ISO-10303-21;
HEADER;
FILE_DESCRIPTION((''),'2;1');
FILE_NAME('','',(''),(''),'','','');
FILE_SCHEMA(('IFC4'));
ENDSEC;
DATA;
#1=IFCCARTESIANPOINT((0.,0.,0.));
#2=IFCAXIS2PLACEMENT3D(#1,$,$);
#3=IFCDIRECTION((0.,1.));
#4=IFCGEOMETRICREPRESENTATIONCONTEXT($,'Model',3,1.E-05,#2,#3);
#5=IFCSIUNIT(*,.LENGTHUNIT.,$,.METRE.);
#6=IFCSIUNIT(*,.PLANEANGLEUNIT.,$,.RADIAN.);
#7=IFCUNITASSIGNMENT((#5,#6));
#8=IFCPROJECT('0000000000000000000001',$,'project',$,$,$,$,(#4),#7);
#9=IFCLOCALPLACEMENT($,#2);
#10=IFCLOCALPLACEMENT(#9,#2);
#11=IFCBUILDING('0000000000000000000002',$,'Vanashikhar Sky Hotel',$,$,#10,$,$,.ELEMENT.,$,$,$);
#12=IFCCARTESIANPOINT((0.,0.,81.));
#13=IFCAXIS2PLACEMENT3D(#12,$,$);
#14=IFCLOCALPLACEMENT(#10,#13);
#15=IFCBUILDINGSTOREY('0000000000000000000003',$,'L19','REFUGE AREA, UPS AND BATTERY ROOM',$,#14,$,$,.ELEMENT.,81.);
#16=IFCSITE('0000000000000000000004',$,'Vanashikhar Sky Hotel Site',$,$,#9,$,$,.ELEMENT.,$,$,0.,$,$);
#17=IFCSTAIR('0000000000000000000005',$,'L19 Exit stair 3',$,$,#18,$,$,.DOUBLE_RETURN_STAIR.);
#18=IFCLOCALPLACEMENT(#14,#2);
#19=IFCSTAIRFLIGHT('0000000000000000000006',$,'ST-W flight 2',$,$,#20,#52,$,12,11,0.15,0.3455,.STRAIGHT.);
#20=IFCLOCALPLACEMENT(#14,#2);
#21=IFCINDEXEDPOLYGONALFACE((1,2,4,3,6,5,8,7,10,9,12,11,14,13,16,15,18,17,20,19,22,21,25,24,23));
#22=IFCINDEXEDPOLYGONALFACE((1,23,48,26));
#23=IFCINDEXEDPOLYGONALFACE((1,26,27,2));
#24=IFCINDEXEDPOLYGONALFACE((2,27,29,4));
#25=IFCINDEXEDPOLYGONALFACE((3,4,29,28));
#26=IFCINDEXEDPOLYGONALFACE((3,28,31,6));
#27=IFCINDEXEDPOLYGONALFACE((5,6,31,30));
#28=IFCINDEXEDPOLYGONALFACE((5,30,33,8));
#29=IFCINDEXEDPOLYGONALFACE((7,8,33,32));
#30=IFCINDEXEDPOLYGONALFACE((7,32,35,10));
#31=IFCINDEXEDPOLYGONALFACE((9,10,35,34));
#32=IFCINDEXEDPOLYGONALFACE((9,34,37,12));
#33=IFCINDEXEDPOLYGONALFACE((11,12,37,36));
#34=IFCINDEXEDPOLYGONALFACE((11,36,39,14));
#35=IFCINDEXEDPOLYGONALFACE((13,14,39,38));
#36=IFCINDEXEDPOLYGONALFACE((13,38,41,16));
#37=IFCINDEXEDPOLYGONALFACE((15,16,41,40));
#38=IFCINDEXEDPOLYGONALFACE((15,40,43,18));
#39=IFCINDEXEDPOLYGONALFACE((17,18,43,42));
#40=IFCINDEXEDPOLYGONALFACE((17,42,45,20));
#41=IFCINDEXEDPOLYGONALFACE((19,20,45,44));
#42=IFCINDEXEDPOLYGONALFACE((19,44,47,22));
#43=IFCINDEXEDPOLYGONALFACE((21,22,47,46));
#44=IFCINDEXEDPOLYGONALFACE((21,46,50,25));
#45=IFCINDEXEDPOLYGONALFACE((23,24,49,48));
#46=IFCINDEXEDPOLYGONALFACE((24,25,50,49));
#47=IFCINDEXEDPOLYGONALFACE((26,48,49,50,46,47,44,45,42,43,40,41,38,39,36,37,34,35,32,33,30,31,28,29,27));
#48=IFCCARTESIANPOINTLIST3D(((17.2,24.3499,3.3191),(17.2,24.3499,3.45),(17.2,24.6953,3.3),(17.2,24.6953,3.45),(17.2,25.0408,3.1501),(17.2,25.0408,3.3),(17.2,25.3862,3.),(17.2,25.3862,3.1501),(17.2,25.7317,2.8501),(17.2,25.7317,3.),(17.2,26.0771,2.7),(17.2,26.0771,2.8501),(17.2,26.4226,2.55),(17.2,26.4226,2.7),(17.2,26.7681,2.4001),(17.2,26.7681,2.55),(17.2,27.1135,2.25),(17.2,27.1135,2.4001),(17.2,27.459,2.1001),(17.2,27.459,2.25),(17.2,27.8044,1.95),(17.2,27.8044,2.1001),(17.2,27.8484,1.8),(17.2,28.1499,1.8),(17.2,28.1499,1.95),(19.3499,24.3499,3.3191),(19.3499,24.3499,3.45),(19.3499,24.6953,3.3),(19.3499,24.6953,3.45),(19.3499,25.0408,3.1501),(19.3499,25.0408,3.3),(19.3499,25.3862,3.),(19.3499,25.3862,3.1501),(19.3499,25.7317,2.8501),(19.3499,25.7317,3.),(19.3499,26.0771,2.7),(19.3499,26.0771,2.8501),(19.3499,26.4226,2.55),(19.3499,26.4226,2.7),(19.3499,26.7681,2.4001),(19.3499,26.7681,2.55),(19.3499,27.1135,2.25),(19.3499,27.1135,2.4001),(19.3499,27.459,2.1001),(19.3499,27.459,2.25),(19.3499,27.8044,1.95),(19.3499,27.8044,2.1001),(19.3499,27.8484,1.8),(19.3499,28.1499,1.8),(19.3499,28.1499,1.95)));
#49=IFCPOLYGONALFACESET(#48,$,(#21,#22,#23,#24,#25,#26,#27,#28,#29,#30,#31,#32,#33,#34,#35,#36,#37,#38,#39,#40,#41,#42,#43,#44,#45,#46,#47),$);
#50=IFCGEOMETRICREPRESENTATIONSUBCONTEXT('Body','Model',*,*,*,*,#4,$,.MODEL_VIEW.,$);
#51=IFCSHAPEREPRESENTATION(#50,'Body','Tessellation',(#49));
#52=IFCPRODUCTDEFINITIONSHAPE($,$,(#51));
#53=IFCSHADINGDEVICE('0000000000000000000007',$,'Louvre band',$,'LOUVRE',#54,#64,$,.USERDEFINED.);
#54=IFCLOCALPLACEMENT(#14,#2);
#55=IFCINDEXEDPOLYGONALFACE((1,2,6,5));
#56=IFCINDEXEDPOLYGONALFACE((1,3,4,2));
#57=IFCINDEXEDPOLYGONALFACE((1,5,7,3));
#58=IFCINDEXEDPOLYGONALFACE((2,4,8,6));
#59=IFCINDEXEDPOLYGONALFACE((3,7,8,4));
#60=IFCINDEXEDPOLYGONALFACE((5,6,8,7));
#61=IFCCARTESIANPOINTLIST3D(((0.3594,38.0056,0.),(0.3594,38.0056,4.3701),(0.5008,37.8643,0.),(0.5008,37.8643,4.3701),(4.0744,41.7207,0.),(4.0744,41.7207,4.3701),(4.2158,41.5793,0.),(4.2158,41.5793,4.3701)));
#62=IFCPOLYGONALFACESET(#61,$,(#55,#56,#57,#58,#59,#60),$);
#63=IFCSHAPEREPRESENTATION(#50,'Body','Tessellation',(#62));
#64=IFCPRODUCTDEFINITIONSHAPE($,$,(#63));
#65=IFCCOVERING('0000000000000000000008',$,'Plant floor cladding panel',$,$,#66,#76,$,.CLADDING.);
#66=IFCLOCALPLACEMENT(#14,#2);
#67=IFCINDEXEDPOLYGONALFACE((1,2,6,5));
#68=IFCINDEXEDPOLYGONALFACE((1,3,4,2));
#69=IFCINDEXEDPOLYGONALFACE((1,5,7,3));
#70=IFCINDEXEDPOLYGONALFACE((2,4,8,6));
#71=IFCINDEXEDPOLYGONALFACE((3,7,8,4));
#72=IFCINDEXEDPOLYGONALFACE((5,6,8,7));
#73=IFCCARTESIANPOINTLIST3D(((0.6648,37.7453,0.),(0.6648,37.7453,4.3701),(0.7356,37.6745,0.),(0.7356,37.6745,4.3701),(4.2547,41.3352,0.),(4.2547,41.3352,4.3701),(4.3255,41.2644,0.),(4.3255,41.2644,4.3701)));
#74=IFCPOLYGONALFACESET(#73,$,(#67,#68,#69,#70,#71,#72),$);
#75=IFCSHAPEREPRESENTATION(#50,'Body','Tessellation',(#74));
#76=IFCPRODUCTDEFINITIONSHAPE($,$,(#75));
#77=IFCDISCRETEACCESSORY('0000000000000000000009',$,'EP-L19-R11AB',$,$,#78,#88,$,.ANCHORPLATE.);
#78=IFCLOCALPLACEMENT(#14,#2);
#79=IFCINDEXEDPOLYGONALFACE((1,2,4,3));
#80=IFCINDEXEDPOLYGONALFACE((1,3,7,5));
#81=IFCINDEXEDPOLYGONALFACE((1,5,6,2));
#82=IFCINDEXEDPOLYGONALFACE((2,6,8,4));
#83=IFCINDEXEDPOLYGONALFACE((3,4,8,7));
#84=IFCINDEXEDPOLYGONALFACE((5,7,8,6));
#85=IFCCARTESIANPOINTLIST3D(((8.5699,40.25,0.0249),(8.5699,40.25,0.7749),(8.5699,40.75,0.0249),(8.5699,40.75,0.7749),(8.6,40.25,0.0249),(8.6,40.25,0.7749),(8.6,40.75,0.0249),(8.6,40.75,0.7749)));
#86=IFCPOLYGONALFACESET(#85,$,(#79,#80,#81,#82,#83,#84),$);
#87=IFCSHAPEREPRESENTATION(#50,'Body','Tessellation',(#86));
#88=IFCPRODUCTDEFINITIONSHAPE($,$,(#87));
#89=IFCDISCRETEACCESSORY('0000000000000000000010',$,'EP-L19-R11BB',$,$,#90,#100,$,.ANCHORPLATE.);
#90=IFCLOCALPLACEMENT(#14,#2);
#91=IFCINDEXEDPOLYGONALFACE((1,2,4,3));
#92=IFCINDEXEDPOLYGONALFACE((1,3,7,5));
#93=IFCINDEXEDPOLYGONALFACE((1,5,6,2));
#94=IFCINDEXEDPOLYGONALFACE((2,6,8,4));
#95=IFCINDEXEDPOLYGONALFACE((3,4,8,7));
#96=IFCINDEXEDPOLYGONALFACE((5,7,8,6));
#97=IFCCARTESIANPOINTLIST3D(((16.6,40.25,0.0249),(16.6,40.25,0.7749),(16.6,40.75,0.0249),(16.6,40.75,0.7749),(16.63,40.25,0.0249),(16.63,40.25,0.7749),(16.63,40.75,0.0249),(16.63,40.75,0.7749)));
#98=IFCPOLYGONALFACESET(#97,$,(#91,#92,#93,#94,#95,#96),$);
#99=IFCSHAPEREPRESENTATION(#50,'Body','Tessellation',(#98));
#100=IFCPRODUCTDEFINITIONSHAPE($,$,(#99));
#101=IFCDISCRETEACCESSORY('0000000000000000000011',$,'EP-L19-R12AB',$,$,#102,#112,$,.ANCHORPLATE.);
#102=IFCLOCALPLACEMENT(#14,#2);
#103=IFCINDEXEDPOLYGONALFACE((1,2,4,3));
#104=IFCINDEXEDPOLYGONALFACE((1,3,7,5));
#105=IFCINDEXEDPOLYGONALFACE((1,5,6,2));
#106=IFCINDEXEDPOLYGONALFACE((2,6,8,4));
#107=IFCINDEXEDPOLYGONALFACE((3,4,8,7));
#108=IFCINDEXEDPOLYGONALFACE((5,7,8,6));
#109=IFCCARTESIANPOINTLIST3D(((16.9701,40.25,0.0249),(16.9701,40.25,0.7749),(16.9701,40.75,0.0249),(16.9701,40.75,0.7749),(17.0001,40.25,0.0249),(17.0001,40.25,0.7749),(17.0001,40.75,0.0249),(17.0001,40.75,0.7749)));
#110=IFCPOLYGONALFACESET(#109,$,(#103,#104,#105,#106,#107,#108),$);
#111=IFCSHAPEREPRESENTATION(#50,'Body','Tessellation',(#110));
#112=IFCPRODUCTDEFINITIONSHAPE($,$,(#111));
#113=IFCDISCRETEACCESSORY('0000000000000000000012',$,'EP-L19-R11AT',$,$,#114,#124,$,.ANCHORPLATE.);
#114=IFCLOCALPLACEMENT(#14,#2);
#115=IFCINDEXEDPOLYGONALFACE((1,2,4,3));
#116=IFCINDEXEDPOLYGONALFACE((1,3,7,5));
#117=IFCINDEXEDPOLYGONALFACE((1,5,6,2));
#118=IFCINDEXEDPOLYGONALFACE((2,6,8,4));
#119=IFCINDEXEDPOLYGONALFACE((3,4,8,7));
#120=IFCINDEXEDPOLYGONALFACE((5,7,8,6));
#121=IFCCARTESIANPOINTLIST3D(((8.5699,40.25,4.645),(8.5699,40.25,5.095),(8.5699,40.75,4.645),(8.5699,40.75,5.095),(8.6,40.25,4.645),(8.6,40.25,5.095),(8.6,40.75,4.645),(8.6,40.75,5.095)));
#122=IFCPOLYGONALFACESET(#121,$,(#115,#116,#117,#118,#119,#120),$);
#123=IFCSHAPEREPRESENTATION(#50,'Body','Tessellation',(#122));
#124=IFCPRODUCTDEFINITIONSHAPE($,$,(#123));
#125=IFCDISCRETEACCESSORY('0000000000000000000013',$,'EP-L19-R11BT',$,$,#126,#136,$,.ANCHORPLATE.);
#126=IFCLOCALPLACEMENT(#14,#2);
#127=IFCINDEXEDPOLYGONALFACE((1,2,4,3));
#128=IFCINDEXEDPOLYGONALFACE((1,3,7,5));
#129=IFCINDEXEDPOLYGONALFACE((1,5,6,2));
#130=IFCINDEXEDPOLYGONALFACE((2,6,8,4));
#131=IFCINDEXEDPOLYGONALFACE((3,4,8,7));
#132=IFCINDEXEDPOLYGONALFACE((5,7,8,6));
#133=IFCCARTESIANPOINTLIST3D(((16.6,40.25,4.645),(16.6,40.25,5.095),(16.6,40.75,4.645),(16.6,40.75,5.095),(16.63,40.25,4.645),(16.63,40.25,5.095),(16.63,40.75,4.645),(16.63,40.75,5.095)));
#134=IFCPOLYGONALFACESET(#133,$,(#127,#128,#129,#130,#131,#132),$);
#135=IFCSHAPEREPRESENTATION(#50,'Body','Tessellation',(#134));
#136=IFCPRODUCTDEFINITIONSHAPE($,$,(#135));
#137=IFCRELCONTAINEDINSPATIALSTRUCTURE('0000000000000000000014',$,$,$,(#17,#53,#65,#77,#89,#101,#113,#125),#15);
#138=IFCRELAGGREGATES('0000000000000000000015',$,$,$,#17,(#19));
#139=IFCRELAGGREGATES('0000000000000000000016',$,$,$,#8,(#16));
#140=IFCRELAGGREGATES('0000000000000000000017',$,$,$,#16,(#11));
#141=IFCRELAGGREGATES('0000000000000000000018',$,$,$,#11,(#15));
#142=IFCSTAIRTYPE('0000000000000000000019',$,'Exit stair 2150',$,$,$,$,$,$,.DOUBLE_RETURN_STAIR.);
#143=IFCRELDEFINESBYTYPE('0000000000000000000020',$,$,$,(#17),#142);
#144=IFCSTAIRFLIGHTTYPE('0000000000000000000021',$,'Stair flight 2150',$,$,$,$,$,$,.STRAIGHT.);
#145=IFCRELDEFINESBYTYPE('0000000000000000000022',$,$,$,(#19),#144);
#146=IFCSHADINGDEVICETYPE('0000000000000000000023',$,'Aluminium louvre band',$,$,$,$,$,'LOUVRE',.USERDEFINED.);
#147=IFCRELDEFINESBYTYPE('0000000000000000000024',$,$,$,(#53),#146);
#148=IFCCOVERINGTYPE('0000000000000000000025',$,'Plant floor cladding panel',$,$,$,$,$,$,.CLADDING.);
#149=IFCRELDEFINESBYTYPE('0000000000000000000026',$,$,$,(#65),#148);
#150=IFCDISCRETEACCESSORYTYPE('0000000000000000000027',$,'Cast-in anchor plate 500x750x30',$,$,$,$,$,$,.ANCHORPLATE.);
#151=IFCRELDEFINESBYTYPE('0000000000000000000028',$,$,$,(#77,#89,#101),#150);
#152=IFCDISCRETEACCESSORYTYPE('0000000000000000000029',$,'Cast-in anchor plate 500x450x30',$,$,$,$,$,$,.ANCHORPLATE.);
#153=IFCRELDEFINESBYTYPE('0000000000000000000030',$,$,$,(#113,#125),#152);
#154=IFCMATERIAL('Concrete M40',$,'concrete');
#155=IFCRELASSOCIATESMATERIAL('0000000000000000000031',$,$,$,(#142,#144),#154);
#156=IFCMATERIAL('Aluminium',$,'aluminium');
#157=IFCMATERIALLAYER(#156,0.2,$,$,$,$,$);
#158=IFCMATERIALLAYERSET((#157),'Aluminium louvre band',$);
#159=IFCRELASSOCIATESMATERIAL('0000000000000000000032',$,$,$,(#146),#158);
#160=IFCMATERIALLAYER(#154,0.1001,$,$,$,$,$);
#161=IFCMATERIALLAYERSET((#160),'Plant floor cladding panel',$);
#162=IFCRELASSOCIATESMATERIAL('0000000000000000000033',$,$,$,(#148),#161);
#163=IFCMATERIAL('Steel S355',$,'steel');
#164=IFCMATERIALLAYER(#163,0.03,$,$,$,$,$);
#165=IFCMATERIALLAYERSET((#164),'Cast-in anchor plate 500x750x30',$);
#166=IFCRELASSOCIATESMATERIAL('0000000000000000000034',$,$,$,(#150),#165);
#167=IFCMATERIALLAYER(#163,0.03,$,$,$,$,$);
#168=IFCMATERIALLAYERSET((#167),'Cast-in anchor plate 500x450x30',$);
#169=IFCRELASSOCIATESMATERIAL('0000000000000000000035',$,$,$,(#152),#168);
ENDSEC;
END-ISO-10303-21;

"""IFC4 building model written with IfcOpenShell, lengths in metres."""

from ifc_helpers import new_model, si_unit, direction, frame, origin, origin_2d, place, context, subcontext, project, spatial, polyline, rectangle, outline, extrude, source, transform, mapped, material, layer, layer_set, type_object, element, aggregate, save


model = new_model("IFC4")

# Units and contexts
model_context = context("Model", 3, precision=1e-05, world=origin(), true_north=direction((0.0, 1.0)))
body_context = subcontext(model_context, "Body", "Model", "MODEL_VIEW")
ifc_project = project(units=[si_unit("LENGTHUNIT", "METRE"), si_unit("PLANEANGLEUNIT", "RADIAN")], contexts=[model_context])

# Site, building, storey
site_placement = place(None, origin())
site = spatial("IfcSite", under=ifc_project, at=site_placement, Name="Vanashikhar Sky Hotel Site", CompositionType="ELEMENT", RefElevation=0.0)
building_placement = place(site_placement, origin())
building = spatial("IfcBuilding", under=site, at=building_placement, Name="Vanashikhar Sky Hotel", CompositionType="ELEMENT")
storey_placement = place(building_placement, frame((0.0, 0.0, 81.0)))
storey = spatial("IfcBuildingStorey", under=building, at=storey_placement, Name="L19", Description="REFUGE AREA, UPS AND BATTERY ROOM", CompositionType="ELEMENT", Elevation=81.0)

# Shared definitions
ifc_material_1 = material(Name="Steel S355", Category="steel")

# Stair, stair flight
ifc_material_2 = material(Name="Concrete M40", Category="concrete")
stair_type = type_object("IfcStairType", Name="Exit stair 2150", PredefinedType="DOUBLE_RETURN_STAIR", material=ifc_material_2)
stair_placement = place(storey_placement, origin())
stair = element("IfcStair", 1, at=stair_placement, inside=storey, type_object=stair_type, Name="L19 Exit stair 3", PredefinedType="DOUBLE_RETURN_STAIR")
stair_flight_type = type_object("IfcStairFlightType", Name="Stair flight 2150", PredefinedType="STRAIGHT", material=ifc_material_2)
shared_shape_1 = source(origin(), body_context, "Body", "SweptSolid", [
    extrude(outline(polyline([(0.0, 0.0), (0.0, 0.1499), (0.3455, 0.1499), (0.3455, 0.3), (0.6909, 0.3), (0.6909, 0.45), (1.0364, 0.45), (1.0364, 0.6001), (1.3818, 0.6001), (1.3818, 0.75), (1.7273, 0.75), (1.7273, 0.8999), (2.0728, 0.8999), (2.0728, 1.05), (2.4182, 1.05), (2.4182, 1.2), (2.7637, 1.2), (2.7637, 1.3501), (3.1091, 1.3501), (3.1091, 1.5), (3.4546, 1.5), (3.4546, 1.6499), (3.8, 1.6499), (3.8, 1.8), (3.8, 1.519), (0.3015, 0.0), (0.0, 0.0)])), frame((0.0, 1.075, 0.0), z_axis=(0.0, -1.0, 0.0), x_axis=(1.0, 0.0, 0.0)), (0.0, 0.0, 1.0), 2.1499),
])
stair_flight_placement = place(storey_placement, frame((18.2749, 28.1499, 1.8), z_axis=(0.0, 0.0, 1.0), x_axis=(0.0, -1.0, 0.0)))
stair_flight = element("IfcStairFlight", 2, at=stair_flight_placement, type_object=stair_flight_type, Name="ST-W flight 2", NumberOfRisers=12, NumberOfTreads=11, PredefinedType="STRAIGHT", RiserHeight=0.15, TreadLength=0.3455, context=body_context, shape_type="MappedRepresentation", body=[
    mapped(shared_shape_1, transform((0.0, 0.0, 0.0), scale=1.0)),
])
aggregate(stair, [stair_flight])

# Shading device
ifc_material_3 = material(Name="Aluminium", Category="aluminium")
ifc_layer_1 = layer(ifc_material_3, 0.2)
ifc_layer_set_1 = layer_set([ifc_layer_1], Name="Aluminium louvre band")
shading_device_type = type_object("IfcShadingDeviceType", Name="Aluminium louvre band", ElementType="LOUVRE", PredefinedType="USERDEFINED", material=ifc_layer_set_1)
shared_shape_2 = source(origin(), body_context, "Body", "SweptSolid", [
    extrude(rectangle(XDim=5.2539, YDim=0.2, at=origin_2d()), origin(), (0.0, 0.0, 1.0), 4.3701),
])
shading_device_placement = place(storey_placement, frame((2.2876, 39.7925, 0.0), z_axis=(0.0, 0.0, 1.0), x_axis=(-0.707107, -0.707107, 0.0)))
element("IfcShadingDevice", 3, at=shading_device_placement, inside=storey, type_object=shading_device_type, Name="Louvre band", ObjectType="LOUVRE", PredefinedType="USERDEFINED", context=body_context, shape_type="MappedRepresentation", body=[
    mapped(shared_shape_2, transform((0.0, 0.0, 0.0), scale=1.0)),
])

# Covering
ifc_layer_2 = layer(ifc_material_2, 0.1001)
ifc_layer_set_2 = layer_set([ifc_layer_2], Name="Plant floor cladding panel")
covering_type = type_object("IfcCoveringType", Name="Plant floor cladding panel", PredefinedType="CLADDING", material=ifc_layer_set_2)
shared_shape_3 = source(origin(), body_context, "Body", "SweptSolid", [
    extrude(rectangle(XDim=5.0769, YDim=0.1001, at=origin_2d()), origin(), (0.0, 0.0, 1.0), 4.3701),
])
covering_placement = place(storey_placement, frame((2.4951, 39.5049, 0.0), z_axis=(0.0, 0.0, 1.0), x_axis=(-0.707107, -0.707107, 0.0)))
element("IfcCovering", 4, at=covering_placement, inside=storey, type_object=covering_type, Name="Plant floor cladding panel", PredefinedType="CLADDING", context=body_context, shape_type="MappedRepresentation", body=[
    mapped(shared_shape_3, transform((0.0, 0.0, 0.0), scale=1.0)),
])

# Discrete accessories
ifc_layer_3 = layer(ifc_material_1, 0.03)
ifc_layer_set_3 = layer_set([ifc_layer_3], Name="Cast-in anchor plate 500x750x30")
discrete_accessory_type_1 = type_object("IfcDiscreteAccessoryType", Name="Cast-in anchor plate 500x750x30", PredefinedType="ANCHORPLATE", material=ifc_layer_set_3)
shared_shape_4 = source(origin(), body_context, "Body", "SweptSolid", [
    extrude(rectangle(XDim=0.03, YDim=0.5, at=origin_2d()), origin(), (0.0, 0.0, 1.0), 0.75),
])
for number, where, z_axis, x_axis, name in (
    (5, (8.585, 40.5, 0.0249), (0.0, 0.0, 1.0), (1.0, 0.0, 0.0), "EP-L19-R11AB"),
    (6, (16.615, 40.5, 0.0249), (0.0, 0.0, 1.0), (1.0, 0.0, 0.0), "EP-L19-R11BB"),
    (7, (16.9851, 40.5, 0.0249), (0.0, 0.0, 1.0), (1.0, 0.0, 0.0), "EP-L19-R12AB"),
):
    element("IfcDiscreteAccessory", number, at=place(storey_placement, frame(where, z_axis=z_axis, x_axis=x_axis)), inside=storey, type_object=discrete_accessory_type_1, Name=name, PredefinedType="ANCHORPLATE", context=body_context, shape_type="MappedRepresentation", body=[
        mapped(shared_shape_4, transform((0.0, 0.0, 0.0), scale=1.0)),
    ])
ifc_layer_4 = layer(ifc_material_1, 0.03)
ifc_layer_set_4 = layer_set([ifc_layer_4], Name="Cast-in anchor plate 500x450x30")
discrete_accessory_type_2 = type_object("IfcDiscreteAccessoryType", Name="Cast-in anchor plate 500x450x30", PredefinedType="ANCHORPLATE", material=ifc_layer_set_4)
shared_shape_5 = source(origin(), body_context, "Body", "SweptSolid", [
    extrude(rectangle(XDim=0.03, YDim=0.5, at=origin_2d()), origin(), (0.0, 0.0, 1.0), 0.45),
])
for number, where, z_axis, x_axis, name in (
    (8, (8.585, 40.5, 4.645), (0.0, 0.0, 1.0), (1.0, 0.0, 0.0), "EP-L19-R11AT"),
    (9, (16.615, 40.5, 4.645), (0.0, 0.0, 1.0), (1.0, 0.0, 0.0), "EP-L19-R11BT"),
):
    element("IfcDiscreteAccessory", number, at=place(storey_placement, frame(where, z_axis=z_axis, x_axis=x_axis)), inside=storey, type_object=discrete_accessory_type_2, Name=name, PredefinedType="ANCHORPLATE", context=body_context, shape_type="MappedRepresentation", body=[
        mapped(shared_shape_5, transform((0.0, 0.0, 0.0), scale=1.0)),
    ])

save(model, "model.ifc")
